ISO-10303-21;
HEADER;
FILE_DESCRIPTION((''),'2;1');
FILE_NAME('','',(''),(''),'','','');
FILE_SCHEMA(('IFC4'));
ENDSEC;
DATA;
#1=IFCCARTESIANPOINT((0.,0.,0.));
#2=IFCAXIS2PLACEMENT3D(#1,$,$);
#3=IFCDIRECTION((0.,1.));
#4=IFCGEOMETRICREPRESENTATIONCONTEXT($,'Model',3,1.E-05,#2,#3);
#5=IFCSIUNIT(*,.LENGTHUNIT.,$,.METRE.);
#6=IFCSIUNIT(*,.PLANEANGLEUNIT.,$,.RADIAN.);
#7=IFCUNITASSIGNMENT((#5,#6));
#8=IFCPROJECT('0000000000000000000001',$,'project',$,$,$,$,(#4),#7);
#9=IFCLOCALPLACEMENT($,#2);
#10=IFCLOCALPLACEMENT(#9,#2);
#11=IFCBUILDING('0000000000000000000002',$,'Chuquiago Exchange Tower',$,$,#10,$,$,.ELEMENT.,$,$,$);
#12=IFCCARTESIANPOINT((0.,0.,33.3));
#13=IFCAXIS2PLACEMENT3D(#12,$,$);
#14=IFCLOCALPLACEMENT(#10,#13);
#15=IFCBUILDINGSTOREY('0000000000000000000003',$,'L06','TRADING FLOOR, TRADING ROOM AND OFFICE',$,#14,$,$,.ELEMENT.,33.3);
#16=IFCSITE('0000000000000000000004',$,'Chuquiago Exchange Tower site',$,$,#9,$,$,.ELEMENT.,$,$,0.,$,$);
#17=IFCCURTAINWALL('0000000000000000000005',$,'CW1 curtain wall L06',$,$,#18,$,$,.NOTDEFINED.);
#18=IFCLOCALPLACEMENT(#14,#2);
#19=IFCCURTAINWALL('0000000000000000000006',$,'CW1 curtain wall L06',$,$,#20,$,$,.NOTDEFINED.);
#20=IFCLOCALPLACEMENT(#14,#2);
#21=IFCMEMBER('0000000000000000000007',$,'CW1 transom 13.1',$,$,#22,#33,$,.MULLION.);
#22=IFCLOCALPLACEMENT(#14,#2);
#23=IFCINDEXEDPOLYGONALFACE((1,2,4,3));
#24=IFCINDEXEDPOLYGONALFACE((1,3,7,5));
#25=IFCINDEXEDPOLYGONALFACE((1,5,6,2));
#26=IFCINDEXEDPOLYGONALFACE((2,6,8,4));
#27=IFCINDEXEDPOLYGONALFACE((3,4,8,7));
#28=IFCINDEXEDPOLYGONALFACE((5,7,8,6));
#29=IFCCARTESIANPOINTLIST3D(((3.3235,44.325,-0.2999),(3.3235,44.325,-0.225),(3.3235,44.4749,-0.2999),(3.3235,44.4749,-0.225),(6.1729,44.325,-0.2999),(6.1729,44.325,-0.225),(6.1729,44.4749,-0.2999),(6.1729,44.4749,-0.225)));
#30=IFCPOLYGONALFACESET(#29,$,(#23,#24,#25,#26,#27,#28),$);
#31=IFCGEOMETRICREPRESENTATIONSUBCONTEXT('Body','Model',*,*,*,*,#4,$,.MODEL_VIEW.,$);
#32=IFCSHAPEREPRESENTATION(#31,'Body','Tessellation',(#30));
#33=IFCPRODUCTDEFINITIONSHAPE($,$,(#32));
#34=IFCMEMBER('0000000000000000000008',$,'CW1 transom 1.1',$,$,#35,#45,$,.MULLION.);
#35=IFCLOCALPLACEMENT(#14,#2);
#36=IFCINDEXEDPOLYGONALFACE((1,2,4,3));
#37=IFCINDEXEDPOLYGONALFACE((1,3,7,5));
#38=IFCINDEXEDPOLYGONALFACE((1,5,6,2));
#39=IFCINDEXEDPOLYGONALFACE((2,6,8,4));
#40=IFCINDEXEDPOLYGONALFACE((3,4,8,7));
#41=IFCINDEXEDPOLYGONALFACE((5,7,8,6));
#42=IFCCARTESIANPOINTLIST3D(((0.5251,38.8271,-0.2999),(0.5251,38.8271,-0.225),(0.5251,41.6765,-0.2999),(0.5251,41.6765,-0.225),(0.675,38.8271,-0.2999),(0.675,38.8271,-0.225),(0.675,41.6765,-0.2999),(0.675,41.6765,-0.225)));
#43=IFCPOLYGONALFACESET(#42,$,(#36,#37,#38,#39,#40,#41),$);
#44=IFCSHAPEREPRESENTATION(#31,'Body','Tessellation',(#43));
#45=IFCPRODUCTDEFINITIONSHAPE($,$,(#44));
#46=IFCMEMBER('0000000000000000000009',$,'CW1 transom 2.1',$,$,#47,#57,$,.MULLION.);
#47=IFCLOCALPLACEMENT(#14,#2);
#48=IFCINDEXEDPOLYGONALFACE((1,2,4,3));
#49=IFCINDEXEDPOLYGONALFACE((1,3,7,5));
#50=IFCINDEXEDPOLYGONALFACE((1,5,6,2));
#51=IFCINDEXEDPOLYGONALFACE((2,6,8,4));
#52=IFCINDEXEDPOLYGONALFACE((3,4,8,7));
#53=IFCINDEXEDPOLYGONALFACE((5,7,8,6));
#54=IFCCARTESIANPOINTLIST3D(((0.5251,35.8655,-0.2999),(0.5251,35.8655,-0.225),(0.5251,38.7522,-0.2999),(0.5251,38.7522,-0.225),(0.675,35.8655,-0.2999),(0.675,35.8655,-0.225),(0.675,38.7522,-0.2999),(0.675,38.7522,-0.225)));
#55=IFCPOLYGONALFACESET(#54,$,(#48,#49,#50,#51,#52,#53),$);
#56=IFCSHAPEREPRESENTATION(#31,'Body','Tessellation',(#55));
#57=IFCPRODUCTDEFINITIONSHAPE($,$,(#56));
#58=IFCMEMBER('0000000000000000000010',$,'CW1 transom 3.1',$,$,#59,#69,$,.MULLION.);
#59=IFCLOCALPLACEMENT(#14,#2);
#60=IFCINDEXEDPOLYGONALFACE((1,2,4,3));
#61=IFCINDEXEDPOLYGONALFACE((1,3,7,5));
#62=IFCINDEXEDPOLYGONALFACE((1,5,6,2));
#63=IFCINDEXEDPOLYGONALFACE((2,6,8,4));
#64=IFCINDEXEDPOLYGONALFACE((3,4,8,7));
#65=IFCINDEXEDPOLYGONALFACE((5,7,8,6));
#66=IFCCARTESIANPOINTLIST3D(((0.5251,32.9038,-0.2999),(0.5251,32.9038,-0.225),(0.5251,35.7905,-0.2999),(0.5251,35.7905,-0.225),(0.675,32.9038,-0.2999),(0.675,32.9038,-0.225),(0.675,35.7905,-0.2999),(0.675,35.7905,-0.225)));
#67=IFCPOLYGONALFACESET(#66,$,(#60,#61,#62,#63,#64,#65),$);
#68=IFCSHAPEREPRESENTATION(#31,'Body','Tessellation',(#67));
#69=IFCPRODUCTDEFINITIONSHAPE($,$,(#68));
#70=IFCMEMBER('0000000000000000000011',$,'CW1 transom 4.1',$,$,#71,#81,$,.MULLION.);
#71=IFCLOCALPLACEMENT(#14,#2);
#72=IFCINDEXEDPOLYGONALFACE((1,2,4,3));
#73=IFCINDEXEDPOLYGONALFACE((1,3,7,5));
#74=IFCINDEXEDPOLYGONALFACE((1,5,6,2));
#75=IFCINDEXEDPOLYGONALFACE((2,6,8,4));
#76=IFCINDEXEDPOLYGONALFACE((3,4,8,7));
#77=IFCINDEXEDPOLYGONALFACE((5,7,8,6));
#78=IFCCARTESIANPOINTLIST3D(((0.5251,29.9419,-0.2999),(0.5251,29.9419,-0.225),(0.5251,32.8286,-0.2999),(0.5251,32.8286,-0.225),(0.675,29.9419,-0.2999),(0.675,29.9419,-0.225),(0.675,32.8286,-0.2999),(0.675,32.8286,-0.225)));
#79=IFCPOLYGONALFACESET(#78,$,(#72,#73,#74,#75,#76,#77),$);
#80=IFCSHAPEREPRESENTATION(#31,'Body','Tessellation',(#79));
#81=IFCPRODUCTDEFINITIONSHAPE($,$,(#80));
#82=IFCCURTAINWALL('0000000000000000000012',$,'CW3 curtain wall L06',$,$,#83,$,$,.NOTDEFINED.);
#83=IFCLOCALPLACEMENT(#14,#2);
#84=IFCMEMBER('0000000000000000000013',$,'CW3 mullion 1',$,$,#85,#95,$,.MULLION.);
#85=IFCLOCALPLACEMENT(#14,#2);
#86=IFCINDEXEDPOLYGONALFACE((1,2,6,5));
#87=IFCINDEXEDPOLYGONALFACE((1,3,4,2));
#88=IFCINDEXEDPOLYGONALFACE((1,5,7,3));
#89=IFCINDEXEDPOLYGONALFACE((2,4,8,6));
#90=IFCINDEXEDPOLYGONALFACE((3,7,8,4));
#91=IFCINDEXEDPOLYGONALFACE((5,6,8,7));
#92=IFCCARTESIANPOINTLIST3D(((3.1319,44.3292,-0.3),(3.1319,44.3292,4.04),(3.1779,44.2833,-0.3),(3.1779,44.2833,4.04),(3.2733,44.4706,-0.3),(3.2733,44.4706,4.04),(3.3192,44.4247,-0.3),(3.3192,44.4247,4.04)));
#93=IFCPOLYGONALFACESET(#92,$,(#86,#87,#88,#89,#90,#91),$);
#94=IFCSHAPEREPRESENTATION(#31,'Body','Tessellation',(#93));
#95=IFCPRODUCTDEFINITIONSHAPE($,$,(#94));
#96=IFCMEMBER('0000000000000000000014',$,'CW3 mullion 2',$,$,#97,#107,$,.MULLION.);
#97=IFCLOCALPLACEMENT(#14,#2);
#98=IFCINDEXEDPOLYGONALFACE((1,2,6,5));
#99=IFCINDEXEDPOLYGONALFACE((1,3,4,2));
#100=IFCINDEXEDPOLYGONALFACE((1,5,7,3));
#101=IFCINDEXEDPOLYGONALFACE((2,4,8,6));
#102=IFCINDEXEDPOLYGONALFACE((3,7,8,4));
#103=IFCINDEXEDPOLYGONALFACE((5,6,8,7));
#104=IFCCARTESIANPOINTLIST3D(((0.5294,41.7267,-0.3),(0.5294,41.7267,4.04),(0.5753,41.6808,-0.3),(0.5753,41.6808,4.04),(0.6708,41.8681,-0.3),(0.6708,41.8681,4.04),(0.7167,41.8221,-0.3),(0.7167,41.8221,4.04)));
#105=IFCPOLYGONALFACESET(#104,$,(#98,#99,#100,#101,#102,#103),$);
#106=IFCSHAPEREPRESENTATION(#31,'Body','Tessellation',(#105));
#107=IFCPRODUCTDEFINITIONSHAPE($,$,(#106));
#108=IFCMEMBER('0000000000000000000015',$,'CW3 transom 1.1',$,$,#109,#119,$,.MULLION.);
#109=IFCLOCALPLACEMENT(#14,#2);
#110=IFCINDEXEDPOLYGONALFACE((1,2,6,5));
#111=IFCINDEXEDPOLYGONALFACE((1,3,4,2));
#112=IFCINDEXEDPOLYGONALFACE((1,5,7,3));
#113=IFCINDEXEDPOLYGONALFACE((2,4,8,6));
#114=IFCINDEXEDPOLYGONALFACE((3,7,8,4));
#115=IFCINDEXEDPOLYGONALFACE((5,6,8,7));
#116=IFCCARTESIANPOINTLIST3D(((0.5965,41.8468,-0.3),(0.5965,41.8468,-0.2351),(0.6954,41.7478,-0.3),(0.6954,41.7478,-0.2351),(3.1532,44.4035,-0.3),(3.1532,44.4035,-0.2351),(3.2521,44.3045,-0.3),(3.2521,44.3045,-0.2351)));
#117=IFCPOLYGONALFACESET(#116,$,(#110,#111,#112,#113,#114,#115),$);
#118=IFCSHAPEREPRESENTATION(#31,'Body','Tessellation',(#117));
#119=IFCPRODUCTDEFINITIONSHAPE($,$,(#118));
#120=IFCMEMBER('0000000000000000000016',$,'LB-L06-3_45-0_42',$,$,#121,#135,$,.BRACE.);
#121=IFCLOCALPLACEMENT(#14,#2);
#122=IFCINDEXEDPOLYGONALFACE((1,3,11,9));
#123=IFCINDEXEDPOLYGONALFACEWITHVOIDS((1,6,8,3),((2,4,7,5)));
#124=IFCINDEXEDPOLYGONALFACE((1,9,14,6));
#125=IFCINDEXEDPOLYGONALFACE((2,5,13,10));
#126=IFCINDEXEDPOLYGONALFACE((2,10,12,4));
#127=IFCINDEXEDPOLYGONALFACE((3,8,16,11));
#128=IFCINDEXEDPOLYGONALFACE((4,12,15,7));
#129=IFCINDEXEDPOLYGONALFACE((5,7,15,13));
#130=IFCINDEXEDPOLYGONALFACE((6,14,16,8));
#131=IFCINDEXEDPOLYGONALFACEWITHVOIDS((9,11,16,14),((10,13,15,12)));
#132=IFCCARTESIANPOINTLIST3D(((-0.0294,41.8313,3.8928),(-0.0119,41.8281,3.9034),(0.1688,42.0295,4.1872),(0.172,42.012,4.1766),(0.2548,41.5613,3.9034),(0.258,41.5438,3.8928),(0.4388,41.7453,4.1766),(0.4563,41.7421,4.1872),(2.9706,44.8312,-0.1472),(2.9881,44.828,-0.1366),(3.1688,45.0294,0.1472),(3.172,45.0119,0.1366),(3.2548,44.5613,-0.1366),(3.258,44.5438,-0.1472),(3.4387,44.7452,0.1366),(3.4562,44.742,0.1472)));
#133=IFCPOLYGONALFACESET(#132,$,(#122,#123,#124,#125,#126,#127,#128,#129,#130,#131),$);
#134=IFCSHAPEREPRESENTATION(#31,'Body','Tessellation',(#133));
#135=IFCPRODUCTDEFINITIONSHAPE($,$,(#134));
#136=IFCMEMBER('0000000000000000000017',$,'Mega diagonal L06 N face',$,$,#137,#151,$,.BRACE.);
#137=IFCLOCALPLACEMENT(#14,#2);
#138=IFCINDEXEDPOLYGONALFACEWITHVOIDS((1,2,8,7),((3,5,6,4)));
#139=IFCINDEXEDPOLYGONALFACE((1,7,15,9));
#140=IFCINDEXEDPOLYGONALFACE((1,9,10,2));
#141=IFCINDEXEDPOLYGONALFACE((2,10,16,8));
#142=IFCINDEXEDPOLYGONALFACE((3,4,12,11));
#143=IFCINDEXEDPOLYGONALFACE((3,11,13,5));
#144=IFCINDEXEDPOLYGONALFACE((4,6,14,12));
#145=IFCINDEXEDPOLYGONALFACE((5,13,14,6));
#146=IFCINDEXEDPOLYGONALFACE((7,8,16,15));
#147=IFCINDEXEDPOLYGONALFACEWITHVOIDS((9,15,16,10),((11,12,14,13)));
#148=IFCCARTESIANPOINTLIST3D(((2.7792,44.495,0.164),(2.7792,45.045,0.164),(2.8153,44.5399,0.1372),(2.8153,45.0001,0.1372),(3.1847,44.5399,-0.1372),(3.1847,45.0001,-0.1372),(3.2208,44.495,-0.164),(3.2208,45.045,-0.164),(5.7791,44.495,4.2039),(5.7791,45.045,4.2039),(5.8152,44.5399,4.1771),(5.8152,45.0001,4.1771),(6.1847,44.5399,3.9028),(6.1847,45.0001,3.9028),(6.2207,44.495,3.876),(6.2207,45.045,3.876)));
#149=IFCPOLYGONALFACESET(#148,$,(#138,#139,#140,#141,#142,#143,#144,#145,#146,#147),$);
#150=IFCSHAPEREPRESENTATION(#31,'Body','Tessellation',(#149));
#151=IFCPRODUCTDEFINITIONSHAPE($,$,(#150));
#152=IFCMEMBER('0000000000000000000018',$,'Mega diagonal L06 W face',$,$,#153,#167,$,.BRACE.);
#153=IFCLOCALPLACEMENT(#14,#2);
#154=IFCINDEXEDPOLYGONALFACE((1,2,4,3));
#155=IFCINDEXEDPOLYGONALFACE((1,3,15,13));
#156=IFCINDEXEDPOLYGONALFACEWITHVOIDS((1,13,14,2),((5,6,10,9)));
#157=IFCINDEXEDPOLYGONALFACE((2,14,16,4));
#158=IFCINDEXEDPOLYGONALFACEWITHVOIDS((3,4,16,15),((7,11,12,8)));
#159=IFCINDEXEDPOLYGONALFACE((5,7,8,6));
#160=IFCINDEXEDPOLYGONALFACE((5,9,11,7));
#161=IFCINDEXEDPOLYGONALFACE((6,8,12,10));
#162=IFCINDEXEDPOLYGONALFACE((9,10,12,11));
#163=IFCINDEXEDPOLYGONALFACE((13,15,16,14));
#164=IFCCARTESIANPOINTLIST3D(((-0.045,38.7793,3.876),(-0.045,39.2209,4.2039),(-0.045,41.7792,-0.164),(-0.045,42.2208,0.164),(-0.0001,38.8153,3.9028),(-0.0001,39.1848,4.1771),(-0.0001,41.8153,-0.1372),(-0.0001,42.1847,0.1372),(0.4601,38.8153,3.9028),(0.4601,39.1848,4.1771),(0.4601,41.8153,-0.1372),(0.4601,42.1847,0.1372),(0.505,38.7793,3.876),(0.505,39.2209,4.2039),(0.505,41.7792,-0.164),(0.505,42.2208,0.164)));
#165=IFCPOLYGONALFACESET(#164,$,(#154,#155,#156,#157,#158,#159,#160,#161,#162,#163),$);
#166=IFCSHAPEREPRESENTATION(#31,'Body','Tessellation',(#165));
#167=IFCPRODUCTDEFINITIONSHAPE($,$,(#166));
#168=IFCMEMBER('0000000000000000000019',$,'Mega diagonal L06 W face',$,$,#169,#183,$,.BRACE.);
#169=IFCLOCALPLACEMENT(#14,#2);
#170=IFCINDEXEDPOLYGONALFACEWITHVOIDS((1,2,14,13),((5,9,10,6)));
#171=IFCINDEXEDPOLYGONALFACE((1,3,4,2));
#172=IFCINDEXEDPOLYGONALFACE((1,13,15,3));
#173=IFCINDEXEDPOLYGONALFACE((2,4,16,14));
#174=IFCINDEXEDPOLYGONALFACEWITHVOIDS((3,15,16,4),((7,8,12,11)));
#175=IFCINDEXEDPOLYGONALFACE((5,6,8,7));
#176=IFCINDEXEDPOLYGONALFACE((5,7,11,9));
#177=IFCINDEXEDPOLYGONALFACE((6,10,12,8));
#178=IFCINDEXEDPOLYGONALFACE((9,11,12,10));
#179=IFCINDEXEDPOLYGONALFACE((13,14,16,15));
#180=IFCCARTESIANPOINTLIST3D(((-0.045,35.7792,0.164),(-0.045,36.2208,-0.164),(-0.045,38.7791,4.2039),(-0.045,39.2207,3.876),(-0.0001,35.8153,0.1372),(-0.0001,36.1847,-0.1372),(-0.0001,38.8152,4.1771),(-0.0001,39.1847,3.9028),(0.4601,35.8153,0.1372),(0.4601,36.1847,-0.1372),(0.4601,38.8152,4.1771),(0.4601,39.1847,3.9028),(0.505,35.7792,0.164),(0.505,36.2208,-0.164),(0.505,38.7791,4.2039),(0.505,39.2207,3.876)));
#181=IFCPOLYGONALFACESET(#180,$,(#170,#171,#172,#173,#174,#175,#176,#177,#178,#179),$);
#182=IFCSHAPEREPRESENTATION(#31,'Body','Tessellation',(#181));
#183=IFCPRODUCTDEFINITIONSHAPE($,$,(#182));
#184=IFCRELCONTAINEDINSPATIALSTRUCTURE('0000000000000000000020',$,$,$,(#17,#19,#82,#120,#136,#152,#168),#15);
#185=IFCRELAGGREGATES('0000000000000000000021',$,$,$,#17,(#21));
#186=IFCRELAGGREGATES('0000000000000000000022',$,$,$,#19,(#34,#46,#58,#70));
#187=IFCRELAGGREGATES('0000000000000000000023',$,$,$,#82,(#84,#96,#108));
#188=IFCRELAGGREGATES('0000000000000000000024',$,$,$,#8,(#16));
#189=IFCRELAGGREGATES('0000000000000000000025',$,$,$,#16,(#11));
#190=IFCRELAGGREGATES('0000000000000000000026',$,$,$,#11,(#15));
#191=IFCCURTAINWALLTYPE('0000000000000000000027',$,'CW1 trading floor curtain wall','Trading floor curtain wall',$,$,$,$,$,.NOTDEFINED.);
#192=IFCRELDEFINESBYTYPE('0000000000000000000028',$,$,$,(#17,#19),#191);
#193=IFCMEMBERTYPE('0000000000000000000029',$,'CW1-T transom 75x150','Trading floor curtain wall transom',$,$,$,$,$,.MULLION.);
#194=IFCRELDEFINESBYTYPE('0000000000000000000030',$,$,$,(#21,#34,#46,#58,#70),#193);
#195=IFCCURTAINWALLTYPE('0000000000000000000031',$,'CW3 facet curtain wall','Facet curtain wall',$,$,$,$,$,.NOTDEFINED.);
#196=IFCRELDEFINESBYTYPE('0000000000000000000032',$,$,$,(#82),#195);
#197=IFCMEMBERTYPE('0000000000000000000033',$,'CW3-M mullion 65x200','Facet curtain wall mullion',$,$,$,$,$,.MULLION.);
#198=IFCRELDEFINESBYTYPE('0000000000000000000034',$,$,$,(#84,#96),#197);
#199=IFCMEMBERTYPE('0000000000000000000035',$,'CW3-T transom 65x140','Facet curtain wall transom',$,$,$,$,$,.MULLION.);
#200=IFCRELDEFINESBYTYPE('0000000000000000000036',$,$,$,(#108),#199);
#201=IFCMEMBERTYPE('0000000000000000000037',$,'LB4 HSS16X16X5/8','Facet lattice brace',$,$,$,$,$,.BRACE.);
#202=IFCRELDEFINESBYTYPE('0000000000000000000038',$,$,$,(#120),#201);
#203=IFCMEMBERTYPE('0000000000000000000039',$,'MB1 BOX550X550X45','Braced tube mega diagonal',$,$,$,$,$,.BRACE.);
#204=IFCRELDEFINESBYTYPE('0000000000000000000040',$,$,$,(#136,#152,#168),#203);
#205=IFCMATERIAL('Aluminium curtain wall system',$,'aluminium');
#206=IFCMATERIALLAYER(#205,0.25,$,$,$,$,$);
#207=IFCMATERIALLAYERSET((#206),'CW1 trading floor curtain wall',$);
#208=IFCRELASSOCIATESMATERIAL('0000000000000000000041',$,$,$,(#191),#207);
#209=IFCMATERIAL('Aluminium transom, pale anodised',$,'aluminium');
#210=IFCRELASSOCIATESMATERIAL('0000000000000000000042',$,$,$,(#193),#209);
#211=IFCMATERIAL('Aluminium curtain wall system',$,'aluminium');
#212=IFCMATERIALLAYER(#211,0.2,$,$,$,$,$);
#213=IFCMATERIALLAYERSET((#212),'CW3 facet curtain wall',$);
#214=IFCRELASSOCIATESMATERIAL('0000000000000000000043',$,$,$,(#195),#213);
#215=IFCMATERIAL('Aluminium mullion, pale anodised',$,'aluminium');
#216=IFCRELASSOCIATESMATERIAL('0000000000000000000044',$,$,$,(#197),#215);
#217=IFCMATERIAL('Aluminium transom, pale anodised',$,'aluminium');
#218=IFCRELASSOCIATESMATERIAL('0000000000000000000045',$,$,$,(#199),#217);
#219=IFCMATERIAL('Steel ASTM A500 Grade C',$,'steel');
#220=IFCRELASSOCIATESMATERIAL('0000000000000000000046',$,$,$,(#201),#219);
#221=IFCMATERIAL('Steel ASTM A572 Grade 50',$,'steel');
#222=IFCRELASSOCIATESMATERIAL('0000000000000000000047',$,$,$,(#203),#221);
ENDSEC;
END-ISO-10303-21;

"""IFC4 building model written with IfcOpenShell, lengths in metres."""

from ifc_helpers import new_model, si_unit, direction, frame, origin, origin_2d, place, context, subcontext, project, spatial, rectangle, hollow_rectangle, extrude, material, layer, layer_set, material_profile, profile_set, type_object, element, aggregate, save


model = new_model("IFC4")

# Units and contexts
model_context = context("Model", 3, precision=1e-05, world=origin(), true_north=direction((0.0, 1.0)))
body_context = subcontext(model_context, "Body", "Model", "MODEL_VIEW")
ifc_project = project(units=[si_unit("LENGTHUNIT", "METRE"), si_unit("PLANEANGLEUNIT", "RADIAN")], contexts=[model_context])

# Site, building, storey
site_placement = place(None, origin())
site = spatial("IfcSite", under=ifc_project, at=site_placement, Name="Chuquiago Exchange Tower site", CompositionType="ELEMENT", RefElevation=0.0)
building_placement = place(site_placement, origin())
building = spatial("IfcBuilding", under=site, at=building_placement, Name="Chuquiago Exchange Tower", CompositionType="ELEMENT")
storey_placement = place(building_placement, frame((0.0, 0.0, 33.3)))
storey = spatial("IfcBuildingStorey", under=building, at=storey_placement, Name="L06", Description="TRADING FLOOR, TRADING ROOM AND OFFICE", CompositionType="ELEMENT", Elevation=33.3)

# Curtain walls
ifc_material_1 = material(Name="Aluminium curtain wall system", Category="aluminium")
ifc_layer_1 = layer(ifc_material_1, 0.25)
ifc_layer_set_1 = layer_set([ifc_layer_1], Name="CW1 trading floor curtain wall")
curtain_wall_type_1 = type_object("IfcCurtainWallType", Name="CW1 trading floor curtain wall", Description="Trading floor curtain wall", PredefinedType="NOTDEFINED", material=ifc_layer_set_1)
curtain_wall_1_placement = place(storey_placement, origin())
curtain_wall_1 = element("IfcCurtainWall", 1, at=curtain_wall_1_placement, inside=storey, type_object=curtain_wall_type_1, Name="CW1 curtain wall L06", PredefinedType="NOTDEFINED")
curtain_wall_2_placement = place(storey_placement, origin())
curtain_wall_2 = element("IfcCurtainWall", 2, at=curtain_wall_2_placement, inside=storey, type_object=curtain_wall_type_1, Name="CW1 curtain wall L06", PredefinedType="NOTDEFINED")

# Members
ifc_material_2 = material(Name="Aluminium transom, pale anodised", Category="aluminium")
ifc_material_profile_1 = material_profile(ifc_material_2, rectangle(XDim=0.1499, YDim=0.075, at=origin_2d()), Name="AL 150x75")
ifc_profile_set_1 = profile_set([ifc_material_profile_1], Name="Aluminium transom, pale anodised")
member_type_1 = type_object("IfcMemberType", Name="CW1-T transom 75x150", Description="Trading floor curtain wall transom", PredefinedType="MULLION", material=ifc_profile_set_1)
member_1_placement = place(storey_placement, frame((6.1729, 44.3999, -0.2625), z_axis=(-1.0, 0.0, 0.0), x_axis=(0.0, -1.0, 0.0)))
member_1 = element("IfcMember", 3, at=member_1_placement, type_object=member_type_1, Name="CW1 transom 13.1", PredefinedType="MULLION", context=body_context, shape_type="SweptSolid", body=[
    extrude(rectangle(XDim=0.1499, YDim=0.075, at=origin_2d()), origin(), (0.0, 0.0, 1.0), 2.8494),
])
member_2_placement = place(storey_placement, frame((0.6001, 41.6765, -0.2625), z_axis=(0.0, -1.0, 0.0), x_axis=(1.0, 0.0, 0.0)))
member_2 = element("IfcMember", 4, at=member_2_placement, type_object=member_type_1, Name="CW1 transom 1.1", PredefinedType="MULLION", context=body_context, shape_type="SweptSolid", body=[
    extrude(rectangle(XDim=0.1499, YDim=0.075, at=origin_2d()), origin(), (0.0, 0.0, 1.0), 2.8494),
])
member_3_placement = place(storey_placement, frame((0.6001, 38.7522, -0.2625), z_axis=(0.0, -1.0, 0.0), x_axis=(1.0, 0.0, 0.0)))
member_3 = element("IfcMember", 5, at=member_3_placement, type_object=member_type_1, Name="CW1 transom 2.1", PredefinedType="MULLION", context=body_context, shape_type="SweptSolid", body=[
    extrude(rectangle(XDim=0.1499, YDim=0.075, at=origin_2d()), origin(), (0.0, 0.0, 1.0), 2.8867),
])
member_4_placement = place(storey_placement, frame((0.6001, 35.7905, -0.2625), z_axis=(0.0, -1.0, 0.0), x_axis=(1.0, 0.0, 0.0)))
member_4 = element("IfcMember", 6, at=member_4_placement, type_object=member_type_1, Name="CW1 transom 3.1", PredefinedType="MULLION", context=body_context, shape_type="SweptSolid", body=[
    extrude(rectangle(XDim=0.1499, YDim=0.075, at=origin_2d()), origin(), (0.0, 0.0, 1.0), 2.8867),
])
member_5_placement = place(storey_placement, frame((0.6001, 32.8286, -0.2625), z_axis=(0.0, -1.0, 0.0), x_axis=(1.0, 0.0, 0.0)))
member_5 = element("IfcMember", 7, at=member_5_placement, type_object=member_type_1, Name="CW1 transom 4.1", PredefinedType="MULLION", context=body_context, shape_type="SweptSolid", body=[
    extrude(rectangle(XDim=0.1499, YDim=0.075, at=origin_2d()), origin(), (0.0, 0.0, 1.0), 2.8867),
])

# Curtain wall, members
ifc_material_3 = material(Name="Aluminium curtain wall system", Category="aluminium")
ifc_layer_2 = layer(ifc_material_3, 0.2)
ifc_layer_set_2 = layer_set([ifc_layer_2], Name="CW3 facet curtain wall")
curtain_wall_type_2 = type_object("IfcCurtainWallType", Name="CW3 facet curtain wall", Description="Facet curtain wall", PredefinedType="NOTDEFINED", material=ifc_layer_set_2)
curtain_wall_3_placement = place(storey_placement, origin())
curtain_wall_3 = element("IfcCurtainWall", 8, at=curtain_wall_3_placement, inside=storey, type_object=curtain_wall_type_2, Name="CW3 curtain wall L06", PredefinedType="NOTDEFINED")
ifc_material_4 = material(Name="Aluminium mullion, pale anodised", Category="aluminium")
ifc_material_profile_2 = material_profile(ifc_material_4, rectangle(XDim=0.0649, YDim=0.2, at=origin_2d()), Name="AL 65x200")
ifc_profile_set_2 = profile_set([ifc_material_profile_2], Name="Aluminium mullion, pale anodised")
member_type_2 = type_object("IfcMemberType", Name="CW3-M mullion 65x200", Description="Facet curtain wall mullion", PredefinedType="MULLION", material=ifc_profile_set_2)
member_6_placement = place(storey_placement, frame((3.2256, 44.377, -0.3), z_axis=(0.0, 0.0, 1.0), x_axis=(0.707107, -0.707107, 0.0)))
member_6 = element("IfcMember", 9, at=member_6_placement, type_object=member_type_2, Name="CW3 mullion 1", PredefinedType="MULLION", context=body_context, shape_type="SweptSolid", body=[
    extrude(rectangle(XDim=0.0649, YDim=0.2, at=origin_2d()), origin(), (0.0, 0.0, 1.0), 4.3401),
])
member_7_placement = place(storey_placement, frame((0.623, 41.7744, -0.3), z_axis=(0.0, 0.0, 1.0), x_axis=(0.707107, -0.707107, 0.0)))
member_7 = element("IfcMember", 10, at=member_7_placement, type_object=member_type_2, Name="CW3 mullion 2", PredefinedType="MULLION", context=body_context, shape_type="SweptSolid", body=[
    extrude(rectangle(XDim=0.0649, YDim=0.2, at=origin_2d()), origin(), (0.0, 0.0, 1.0), 4.3401),
])
ifc_material_5 = material(Name="Aluminium transom, pale anodised", Category="aluminium")
ifc_material_profile_3 = material_profile(ifc_material_5, rectangle(XDim=0.1399, YDim=0.0649, at=origin_2d()), Name="AL 140x65")
ifc_profile_set_3 = profile_set([ifc_material_profile_3], Name="Aluminium transom, pale anodised")
member_type_3 = type_object("IfcMemberType", Name="CW3-T transom 65x140", Description="Facet curtain wall transom", PredefinedType="MULLION", material=ifc_profile_set_3)
member_8_placement = place(storey_placement, frame((3.2026, 44.354, -0.2676), z_axis=(-0.707107, -0.707107, 0.0), x_axis=(0.707107, -0.707107, 0.0)))
member_8 = element("IfcMember", 11, at=member_8_placement, type_object=member_type_3, Name="CW3 transom 1.1", PredefinedType="MULLION", context=body_context, shape_type="SweptSolid", body=[
    extrude(rectangle(XDim=0.1399, YDim=0.0649, at=origin_2d()), origin(), (0.0, 0.0, 1.0), 3.6157),
])

# Members
ifc_material_6 = material(Name="Steel ASTM A500 Grade C", Category="steel")
ifc_material_profile_4 = material_profile(ifc_material_6, hollow_rectangle(XDim=0.4065, YDim=0.4065, WallThickness=0.0146, at=origin_2d()), Name="HSS16X16X5/8")
ifc_profile_set_4 = profile_set([ifc_material_profile_4], Name="Steel ASTM A500 Grade C")
member_type_4 = type_object("IfcMemberType", Name="LB4 HSS16X16X5/8", Description="Facet lattice brace", PredefinedType="BRACE", material=ifc_profile_set_4)
member_9_placement = place(storey_placement, frame((3.2134, 44.7866, 0.0), z_axis=(-0.512077, -0.512077, 0.689604), x_axis=(0.707107, -0.707107, 0.0)))
element("IfcMember", 12, at=member_9_placement, inside=storey, type_object=member_type_4, Name="LB-L06-3_45-0_42", PredefinedType="BRACE", context=body_context, shape_type="SweptSolid", body=[
    extrude(hollow_rectangle(XDim=0.4065, YDim=0.4065, WallThickness=0.0146, at=origin_2d()), origin(), (0.0, 0.0, 1.0), 5.8584),
])
ifc_material_7 = material(Name="Steel ASTM A572 Grade 50", Category="steel")
ifc_material_profile_5 = material_profile(ifc_material_7, hollow_rectangle(XDim=0.55, YDim=0.55, WallThickness=0.0449, at=origin_2d()), Name="BOX550X550X45")
ifc_profile_set_5 = profile_set([ifc_material_profile_5], Name="Steel ASTM A572 Grade 50")
member_type_5 = type_object("IfcMemberType", Name="MB1 BOX550X550X45", Description="Braced tube mega diagonal", PredefinedType="BRACE", material=ifc_profile_set_5)
for number, where, z_axis, x_axis, name in (
    (13, (3.0, 44.77, 0.0), (0.596174, 0.0, 0.802855), (0.0, 1.0, 0.0), "Mega diagonal L06 N face"),
    (14, (0.23, 42.0, 0.0), (0.0, -0.596174, 0.802855), (1.0, 0.0, 0.0), "Mega diagonal L06 W face"),
    (15, (0.23, 36.0, 0.0), (0.0, 0.596174, 0.802855), (-1.0, 0.0, 0.0), "Mega diagonal L06 W face"),
):
    element("IfcMember", number, at=place(storey_placement, frame(where, z_axis=z_axis, x_axis=x_axis)), inside=storey, type_object=member_type_5, Name=name, PredefinedType="BRACE", context=body_context, shape_type="SweptSolid", body=[
        extrude(hollow_rectangle(XDim=0.55, YDim=0.55, WallThickness=0.0449, at=origin_2d()), origin(), (0.0, 0.0, 1.0), 5.032),
    ])

aggregate(curtain_wall_1, [member_1])
aggregate(curtain_wall_2, [member_2, member_3, member_4, member_5])
aggregate(curtain_wall_3, [member_6, member_7, member_8])

save(model, "model.ifc")
